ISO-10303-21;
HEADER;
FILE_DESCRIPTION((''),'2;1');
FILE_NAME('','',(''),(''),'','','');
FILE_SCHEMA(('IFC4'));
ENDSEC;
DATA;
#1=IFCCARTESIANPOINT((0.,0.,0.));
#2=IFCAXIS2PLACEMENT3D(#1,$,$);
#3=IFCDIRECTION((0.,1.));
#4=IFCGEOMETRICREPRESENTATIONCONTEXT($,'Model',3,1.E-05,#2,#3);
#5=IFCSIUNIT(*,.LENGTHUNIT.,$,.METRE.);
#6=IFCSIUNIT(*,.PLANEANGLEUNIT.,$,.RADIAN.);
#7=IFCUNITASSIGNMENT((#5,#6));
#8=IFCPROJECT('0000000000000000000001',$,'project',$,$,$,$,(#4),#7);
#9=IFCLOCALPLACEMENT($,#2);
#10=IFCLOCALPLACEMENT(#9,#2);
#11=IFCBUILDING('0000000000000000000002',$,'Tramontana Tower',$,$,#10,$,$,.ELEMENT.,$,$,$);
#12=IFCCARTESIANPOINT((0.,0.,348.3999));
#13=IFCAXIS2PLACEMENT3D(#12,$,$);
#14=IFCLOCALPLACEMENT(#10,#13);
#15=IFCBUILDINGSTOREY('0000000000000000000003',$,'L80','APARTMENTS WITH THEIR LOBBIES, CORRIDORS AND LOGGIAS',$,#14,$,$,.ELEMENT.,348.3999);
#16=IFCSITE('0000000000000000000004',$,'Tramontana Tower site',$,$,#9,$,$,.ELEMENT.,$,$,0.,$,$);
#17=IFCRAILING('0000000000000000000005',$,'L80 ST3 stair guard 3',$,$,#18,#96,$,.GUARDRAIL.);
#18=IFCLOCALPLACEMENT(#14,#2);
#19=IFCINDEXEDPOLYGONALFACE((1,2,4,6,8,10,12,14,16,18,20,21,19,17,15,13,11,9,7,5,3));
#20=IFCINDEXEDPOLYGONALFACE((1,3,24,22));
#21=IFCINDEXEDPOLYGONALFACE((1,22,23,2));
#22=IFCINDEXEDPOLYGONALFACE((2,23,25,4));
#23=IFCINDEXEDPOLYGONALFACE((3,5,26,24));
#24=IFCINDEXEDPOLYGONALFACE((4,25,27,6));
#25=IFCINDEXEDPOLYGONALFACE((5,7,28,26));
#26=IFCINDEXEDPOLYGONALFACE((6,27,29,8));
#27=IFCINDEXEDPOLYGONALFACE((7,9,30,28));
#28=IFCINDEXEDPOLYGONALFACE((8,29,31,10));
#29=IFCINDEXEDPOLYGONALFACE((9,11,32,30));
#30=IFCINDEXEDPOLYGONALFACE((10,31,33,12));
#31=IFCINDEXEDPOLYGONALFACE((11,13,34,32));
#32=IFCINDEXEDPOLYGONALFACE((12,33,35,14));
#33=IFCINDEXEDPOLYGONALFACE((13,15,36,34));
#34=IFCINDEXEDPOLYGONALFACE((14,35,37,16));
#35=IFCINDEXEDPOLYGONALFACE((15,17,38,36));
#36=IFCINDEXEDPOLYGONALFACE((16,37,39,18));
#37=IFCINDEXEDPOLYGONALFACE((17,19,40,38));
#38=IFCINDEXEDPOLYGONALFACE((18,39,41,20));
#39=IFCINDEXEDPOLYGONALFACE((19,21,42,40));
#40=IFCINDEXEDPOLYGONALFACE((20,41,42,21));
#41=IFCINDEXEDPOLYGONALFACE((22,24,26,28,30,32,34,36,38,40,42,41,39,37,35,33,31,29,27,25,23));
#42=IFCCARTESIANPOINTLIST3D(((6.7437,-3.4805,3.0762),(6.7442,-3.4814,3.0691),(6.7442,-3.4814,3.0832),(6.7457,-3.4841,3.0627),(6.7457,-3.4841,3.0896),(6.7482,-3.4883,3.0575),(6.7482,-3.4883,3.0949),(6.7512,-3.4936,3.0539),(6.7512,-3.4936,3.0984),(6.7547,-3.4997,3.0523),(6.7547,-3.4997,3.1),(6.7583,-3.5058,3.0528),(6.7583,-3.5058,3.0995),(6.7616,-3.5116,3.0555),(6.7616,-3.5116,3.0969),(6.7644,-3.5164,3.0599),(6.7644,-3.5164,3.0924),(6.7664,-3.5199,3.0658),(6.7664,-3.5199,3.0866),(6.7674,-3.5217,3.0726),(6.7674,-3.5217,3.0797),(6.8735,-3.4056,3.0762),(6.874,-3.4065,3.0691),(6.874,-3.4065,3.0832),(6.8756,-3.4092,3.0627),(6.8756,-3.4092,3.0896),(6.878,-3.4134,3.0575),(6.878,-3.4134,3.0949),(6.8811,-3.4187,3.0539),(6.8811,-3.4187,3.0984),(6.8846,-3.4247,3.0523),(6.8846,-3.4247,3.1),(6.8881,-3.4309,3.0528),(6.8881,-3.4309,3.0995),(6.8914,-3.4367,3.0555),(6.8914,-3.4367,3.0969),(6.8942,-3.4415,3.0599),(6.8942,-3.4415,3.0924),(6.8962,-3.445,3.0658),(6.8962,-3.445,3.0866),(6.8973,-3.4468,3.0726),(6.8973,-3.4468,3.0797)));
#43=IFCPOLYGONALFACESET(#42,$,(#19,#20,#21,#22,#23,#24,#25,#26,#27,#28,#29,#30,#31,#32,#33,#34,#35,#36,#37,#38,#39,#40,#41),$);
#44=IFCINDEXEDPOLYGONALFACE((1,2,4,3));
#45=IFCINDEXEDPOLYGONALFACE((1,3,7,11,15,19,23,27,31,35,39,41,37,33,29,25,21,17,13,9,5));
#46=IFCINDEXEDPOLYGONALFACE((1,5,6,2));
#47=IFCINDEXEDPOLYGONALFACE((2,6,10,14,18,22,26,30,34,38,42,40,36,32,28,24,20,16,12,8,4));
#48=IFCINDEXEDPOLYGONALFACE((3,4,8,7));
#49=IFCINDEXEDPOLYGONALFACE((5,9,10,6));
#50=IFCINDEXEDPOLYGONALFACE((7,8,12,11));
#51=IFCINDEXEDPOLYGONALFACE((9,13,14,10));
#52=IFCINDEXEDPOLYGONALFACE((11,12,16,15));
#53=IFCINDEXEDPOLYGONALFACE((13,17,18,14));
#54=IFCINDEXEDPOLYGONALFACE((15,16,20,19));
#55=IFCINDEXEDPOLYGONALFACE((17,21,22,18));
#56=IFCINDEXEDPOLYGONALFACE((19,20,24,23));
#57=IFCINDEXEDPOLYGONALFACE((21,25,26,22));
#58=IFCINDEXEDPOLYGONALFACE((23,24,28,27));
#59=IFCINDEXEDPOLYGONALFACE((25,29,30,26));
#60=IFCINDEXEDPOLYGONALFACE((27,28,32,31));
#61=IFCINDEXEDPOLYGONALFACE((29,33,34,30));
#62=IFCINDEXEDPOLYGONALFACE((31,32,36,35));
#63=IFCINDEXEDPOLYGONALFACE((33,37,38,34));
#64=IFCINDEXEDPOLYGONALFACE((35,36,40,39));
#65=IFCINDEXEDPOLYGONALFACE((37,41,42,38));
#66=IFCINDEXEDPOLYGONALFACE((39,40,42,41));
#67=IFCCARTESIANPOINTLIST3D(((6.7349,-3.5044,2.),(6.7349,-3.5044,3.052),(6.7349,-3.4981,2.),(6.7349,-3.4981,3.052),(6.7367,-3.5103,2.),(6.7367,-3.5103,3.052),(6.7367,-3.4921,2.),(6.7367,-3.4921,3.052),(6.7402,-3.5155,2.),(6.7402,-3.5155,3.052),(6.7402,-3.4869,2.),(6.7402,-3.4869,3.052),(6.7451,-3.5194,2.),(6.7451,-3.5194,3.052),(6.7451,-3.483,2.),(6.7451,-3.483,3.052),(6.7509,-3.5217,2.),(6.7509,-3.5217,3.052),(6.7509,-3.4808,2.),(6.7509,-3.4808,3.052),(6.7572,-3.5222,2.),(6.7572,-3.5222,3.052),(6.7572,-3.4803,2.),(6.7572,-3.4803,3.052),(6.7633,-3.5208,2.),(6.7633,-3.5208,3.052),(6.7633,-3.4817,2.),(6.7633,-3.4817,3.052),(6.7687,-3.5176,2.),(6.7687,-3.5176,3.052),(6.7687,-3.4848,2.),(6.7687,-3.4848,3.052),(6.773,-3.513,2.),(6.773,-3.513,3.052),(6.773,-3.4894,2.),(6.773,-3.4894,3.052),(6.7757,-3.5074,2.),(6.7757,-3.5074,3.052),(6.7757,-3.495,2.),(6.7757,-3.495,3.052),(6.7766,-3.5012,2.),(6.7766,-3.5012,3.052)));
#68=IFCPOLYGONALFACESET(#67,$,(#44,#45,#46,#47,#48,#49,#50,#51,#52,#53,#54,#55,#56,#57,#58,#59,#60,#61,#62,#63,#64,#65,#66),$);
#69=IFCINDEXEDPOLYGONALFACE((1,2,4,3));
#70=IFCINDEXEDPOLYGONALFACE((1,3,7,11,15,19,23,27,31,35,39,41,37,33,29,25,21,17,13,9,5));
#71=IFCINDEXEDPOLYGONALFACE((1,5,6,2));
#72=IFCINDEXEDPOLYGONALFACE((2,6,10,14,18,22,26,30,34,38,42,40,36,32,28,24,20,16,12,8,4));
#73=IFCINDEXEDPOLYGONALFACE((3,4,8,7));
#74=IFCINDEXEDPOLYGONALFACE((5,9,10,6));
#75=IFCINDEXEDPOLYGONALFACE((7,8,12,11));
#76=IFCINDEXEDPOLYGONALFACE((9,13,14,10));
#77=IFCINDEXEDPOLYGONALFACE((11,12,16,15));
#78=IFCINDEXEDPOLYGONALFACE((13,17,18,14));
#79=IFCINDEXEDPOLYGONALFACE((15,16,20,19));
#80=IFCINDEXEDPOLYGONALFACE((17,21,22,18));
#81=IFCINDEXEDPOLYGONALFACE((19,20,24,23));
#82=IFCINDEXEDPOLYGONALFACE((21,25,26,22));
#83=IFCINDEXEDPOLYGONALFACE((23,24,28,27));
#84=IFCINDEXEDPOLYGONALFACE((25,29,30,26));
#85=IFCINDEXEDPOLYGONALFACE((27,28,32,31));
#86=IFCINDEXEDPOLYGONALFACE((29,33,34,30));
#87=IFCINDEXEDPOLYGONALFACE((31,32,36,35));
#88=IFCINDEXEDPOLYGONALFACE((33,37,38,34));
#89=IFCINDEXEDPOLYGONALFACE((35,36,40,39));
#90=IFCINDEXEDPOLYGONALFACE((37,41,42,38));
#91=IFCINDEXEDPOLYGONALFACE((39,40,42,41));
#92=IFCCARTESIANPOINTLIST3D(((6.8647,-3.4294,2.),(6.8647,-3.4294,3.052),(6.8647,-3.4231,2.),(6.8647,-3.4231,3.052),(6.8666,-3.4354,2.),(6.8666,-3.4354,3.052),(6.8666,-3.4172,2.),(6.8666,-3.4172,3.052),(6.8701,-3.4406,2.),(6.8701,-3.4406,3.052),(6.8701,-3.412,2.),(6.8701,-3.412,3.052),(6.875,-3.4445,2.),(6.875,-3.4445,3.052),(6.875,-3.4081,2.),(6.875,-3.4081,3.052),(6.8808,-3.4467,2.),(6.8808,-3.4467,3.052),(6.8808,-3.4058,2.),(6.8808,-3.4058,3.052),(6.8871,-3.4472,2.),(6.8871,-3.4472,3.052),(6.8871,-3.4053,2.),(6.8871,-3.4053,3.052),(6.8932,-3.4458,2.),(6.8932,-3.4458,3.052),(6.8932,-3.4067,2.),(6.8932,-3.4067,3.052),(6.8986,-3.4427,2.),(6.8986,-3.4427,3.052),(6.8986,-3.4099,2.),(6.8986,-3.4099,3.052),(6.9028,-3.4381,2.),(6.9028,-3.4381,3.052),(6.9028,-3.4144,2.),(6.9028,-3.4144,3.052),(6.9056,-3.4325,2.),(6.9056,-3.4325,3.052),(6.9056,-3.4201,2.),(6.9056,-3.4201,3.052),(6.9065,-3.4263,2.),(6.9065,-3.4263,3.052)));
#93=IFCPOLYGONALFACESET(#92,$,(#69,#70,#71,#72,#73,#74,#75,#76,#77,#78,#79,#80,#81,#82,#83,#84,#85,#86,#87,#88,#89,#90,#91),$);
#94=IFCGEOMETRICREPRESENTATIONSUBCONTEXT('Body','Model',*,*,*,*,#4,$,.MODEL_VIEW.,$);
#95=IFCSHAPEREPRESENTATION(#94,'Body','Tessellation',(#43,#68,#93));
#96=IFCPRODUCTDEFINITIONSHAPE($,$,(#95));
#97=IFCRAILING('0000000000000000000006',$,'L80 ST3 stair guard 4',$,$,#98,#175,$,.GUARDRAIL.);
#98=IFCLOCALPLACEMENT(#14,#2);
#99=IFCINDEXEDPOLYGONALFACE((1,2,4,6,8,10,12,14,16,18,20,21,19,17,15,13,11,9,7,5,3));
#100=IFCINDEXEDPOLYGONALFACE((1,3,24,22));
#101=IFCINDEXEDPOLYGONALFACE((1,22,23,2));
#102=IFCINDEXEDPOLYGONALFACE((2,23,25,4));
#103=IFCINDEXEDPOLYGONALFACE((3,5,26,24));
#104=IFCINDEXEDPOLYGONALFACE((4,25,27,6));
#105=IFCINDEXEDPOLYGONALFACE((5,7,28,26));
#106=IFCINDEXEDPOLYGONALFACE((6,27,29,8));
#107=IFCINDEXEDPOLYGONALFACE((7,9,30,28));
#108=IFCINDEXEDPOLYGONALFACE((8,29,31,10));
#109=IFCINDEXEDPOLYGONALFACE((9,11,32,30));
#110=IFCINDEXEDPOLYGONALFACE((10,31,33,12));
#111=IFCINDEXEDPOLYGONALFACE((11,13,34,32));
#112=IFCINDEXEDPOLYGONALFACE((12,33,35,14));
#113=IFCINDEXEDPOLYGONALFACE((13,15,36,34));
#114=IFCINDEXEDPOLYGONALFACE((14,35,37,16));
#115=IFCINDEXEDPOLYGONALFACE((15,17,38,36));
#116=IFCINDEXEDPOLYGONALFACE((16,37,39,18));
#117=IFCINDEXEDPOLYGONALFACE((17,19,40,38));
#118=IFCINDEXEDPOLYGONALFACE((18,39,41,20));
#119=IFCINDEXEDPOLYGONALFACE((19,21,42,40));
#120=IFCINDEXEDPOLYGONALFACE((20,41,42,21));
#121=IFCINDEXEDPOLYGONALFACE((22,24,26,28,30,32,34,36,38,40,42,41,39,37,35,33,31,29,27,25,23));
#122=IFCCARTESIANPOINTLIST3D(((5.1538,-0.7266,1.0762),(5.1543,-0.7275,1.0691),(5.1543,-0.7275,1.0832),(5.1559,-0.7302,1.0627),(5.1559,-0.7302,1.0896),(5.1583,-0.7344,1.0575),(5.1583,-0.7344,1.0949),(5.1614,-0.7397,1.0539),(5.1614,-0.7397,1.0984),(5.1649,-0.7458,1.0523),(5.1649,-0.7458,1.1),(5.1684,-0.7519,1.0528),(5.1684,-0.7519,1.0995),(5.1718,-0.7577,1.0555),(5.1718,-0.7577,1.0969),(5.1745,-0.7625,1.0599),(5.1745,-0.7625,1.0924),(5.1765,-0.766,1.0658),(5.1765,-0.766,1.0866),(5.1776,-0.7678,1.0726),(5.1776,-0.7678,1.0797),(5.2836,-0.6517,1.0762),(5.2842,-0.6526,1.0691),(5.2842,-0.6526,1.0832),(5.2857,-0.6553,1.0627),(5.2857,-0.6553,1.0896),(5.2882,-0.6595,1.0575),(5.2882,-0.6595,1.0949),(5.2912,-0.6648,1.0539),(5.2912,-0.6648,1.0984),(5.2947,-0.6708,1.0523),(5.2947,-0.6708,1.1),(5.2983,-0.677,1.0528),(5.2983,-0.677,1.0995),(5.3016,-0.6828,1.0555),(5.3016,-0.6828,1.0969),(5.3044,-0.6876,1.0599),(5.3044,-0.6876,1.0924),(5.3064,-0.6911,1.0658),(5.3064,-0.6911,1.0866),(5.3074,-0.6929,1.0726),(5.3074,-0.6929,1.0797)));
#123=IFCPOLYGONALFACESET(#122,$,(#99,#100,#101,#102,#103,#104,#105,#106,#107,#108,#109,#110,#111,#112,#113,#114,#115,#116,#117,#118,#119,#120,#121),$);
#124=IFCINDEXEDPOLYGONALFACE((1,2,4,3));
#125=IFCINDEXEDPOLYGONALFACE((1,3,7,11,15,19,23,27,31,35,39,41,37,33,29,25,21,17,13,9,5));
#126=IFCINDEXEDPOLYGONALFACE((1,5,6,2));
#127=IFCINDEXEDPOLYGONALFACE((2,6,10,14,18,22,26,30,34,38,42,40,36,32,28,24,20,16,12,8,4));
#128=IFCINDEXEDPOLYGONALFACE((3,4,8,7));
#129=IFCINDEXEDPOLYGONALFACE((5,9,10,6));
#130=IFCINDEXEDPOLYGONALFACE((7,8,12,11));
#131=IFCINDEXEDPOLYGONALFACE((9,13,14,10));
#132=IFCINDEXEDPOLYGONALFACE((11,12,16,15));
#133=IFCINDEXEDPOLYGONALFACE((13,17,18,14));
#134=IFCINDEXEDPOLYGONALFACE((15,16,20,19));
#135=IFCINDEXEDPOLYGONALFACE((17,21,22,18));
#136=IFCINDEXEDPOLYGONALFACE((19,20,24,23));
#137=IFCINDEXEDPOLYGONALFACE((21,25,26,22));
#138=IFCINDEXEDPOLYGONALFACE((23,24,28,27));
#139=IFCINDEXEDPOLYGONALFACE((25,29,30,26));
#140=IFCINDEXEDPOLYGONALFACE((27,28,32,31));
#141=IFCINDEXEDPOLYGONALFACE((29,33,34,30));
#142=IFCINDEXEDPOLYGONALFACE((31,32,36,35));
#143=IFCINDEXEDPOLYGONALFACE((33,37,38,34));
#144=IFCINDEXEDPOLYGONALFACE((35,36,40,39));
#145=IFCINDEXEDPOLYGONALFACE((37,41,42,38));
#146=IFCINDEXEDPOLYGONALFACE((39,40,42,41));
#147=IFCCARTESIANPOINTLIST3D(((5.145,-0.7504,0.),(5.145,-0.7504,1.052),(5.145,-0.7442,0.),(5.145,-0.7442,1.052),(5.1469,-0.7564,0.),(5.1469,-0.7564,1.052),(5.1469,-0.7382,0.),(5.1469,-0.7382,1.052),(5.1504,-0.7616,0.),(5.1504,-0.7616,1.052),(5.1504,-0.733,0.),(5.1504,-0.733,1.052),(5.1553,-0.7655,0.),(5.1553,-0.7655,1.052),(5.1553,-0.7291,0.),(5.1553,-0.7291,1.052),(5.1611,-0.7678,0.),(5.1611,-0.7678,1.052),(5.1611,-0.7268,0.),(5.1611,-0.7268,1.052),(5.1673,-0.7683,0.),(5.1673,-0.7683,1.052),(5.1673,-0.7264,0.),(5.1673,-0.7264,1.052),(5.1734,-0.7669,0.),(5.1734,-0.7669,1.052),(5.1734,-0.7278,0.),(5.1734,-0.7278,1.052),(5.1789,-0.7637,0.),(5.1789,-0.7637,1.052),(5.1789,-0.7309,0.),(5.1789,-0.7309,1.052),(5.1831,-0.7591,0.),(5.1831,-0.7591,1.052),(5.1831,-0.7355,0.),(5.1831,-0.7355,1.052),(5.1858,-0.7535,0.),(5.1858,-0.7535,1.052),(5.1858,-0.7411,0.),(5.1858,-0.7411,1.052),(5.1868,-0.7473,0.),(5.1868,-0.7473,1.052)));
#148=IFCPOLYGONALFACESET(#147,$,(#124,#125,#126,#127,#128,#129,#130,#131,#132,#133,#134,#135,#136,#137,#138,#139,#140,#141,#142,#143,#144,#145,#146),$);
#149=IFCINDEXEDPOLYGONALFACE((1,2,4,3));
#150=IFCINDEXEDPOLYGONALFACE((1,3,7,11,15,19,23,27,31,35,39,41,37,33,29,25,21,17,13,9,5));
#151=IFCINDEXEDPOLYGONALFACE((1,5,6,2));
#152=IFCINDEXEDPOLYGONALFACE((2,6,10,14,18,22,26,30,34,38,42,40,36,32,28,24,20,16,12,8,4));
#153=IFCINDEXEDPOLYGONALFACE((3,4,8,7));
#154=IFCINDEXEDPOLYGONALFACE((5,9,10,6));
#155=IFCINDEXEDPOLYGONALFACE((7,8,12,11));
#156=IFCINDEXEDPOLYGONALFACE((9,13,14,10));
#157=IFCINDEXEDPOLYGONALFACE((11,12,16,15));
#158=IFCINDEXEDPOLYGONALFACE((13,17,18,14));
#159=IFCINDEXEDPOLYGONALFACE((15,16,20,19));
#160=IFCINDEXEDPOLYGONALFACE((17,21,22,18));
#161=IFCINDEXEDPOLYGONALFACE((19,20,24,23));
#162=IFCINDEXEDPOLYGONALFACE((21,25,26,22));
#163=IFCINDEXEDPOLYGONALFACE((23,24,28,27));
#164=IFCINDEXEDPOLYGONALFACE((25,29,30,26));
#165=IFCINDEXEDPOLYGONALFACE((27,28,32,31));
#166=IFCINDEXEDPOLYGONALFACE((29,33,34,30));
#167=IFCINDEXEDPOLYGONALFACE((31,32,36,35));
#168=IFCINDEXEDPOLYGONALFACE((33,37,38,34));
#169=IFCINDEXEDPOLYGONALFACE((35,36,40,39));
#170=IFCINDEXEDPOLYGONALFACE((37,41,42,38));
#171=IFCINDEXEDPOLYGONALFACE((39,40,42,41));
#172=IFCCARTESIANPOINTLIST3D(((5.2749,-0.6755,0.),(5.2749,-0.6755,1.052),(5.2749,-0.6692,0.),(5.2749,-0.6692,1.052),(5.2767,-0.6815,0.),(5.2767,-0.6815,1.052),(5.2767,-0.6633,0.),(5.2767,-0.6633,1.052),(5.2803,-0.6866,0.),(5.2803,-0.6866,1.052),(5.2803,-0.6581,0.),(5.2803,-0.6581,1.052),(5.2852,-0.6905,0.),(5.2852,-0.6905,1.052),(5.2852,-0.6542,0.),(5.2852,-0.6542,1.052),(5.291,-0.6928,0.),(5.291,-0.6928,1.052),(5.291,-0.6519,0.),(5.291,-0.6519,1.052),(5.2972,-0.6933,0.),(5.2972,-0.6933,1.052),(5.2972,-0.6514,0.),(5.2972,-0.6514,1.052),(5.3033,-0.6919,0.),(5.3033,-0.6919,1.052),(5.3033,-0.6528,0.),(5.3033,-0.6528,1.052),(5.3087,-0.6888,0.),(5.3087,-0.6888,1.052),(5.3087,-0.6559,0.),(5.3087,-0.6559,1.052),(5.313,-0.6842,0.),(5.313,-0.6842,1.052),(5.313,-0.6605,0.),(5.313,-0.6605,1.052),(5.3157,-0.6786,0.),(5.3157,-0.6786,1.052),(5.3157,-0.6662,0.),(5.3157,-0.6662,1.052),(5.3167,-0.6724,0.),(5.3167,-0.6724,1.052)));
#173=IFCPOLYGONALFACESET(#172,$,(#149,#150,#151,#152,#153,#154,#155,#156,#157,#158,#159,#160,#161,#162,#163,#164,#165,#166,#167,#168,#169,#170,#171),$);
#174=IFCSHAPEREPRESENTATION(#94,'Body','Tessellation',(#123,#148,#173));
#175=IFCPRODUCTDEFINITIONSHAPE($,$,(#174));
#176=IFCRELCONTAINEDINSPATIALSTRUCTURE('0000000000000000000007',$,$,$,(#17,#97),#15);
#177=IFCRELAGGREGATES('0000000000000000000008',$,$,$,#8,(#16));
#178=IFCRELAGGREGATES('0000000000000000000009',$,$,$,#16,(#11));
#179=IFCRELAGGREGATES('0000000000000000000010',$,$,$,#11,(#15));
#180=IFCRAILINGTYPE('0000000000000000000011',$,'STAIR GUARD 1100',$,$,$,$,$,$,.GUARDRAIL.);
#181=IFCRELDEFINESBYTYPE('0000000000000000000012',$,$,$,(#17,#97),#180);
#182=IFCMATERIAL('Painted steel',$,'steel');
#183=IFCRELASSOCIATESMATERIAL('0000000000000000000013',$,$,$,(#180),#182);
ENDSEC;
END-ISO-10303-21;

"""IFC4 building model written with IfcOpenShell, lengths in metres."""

from ifc_helpers import new_model, si_unit, direction, frame, origin, origin_2d, place, context, subcontext, project, spatial, circle, extrude, material, type_object, element, save


model = new_model("IFC4")

# Units and contexts
model_context = context("Model", 3, precision=1e-05, world=origin(), true_north=direction((0.0, 1.0)))
body_context = subcontext(model_context, "Body", "Model", "MODEL_VIEW")
ifc_project = project(units=[si_unit("LENGTHUNIT", "METRE"), si_unit("PLANEANGLEUNIT", "RADIAN")], contexts=[model_context])

# Site, building, storey
site_placement = place(None, origin())
site = spatial("IfcSite", under=ifc_project, at=site_placement, Name="Tramontana Tower site", CompositionType="ELEMENT", RefElevation=0.0)
building_placement = place(site_placement, origin())
building = spatial("IfcBuilding", under=site, at=building_placement, Name="Tramontana Tower", CompositionType="ELEMENT")
storey_placement = place(building_placement, frame((0.0, 0.0, 348.3999)))
storey = spatial("IfcBuildingStorey", under=building, at=storey_placement, Name="L80", Description="APARTMENTS WITH THEIR LOBBIES, CORRIDORS AND LOGGIAS", CompositionType="ELEMENT", Elevation=348.3999)

# Railings
ifc_material_1 = material(Name="Painted steel", Category="steel")
railing_type_1 = type_object("IfcRailingType", Name="STAIR GUARD 1100", PredefinedType="GUARDRAIL", material=ifc_material_1)
for number, where, name in (
    (1, (6.7556, -3.5012, 2.0), "L80 ST3 stair guard 3"),
    (2, (5.1658, -0.7473, 0.0), "L80 ST3 stair guard 4"),
):
    element("IfcRailing", number, at=place(storey_placement, frame(where)), inside=storey, type_object=railing_type_1, Name=name, PredefinedType="GUARDRAIL", context=body_context, shape_type="SweptSolid", body=[
        extrude(circle(Radius=0.0239, at=origin_2d()), frame((0.0, 0.0, 1.0762), z_axis=(0.866131, 0.499816, 0.0), x_axis=(-0.499816, 0.866131, 0.0)), (0.0, 0.0, 1.0), 0.1499),
        extrude(circle(Radius=0.021, at=origin_2d()), origin(), (0.0, 0.0, 1.0), 1.052),
        extrude(circle(Radius=0.021, at=origin_2d()), frame((0.1299, 0.075, 0.0)), (0.0, 0.0, 1.0), 1.052),
    ])

save(model, "model.ifc")
